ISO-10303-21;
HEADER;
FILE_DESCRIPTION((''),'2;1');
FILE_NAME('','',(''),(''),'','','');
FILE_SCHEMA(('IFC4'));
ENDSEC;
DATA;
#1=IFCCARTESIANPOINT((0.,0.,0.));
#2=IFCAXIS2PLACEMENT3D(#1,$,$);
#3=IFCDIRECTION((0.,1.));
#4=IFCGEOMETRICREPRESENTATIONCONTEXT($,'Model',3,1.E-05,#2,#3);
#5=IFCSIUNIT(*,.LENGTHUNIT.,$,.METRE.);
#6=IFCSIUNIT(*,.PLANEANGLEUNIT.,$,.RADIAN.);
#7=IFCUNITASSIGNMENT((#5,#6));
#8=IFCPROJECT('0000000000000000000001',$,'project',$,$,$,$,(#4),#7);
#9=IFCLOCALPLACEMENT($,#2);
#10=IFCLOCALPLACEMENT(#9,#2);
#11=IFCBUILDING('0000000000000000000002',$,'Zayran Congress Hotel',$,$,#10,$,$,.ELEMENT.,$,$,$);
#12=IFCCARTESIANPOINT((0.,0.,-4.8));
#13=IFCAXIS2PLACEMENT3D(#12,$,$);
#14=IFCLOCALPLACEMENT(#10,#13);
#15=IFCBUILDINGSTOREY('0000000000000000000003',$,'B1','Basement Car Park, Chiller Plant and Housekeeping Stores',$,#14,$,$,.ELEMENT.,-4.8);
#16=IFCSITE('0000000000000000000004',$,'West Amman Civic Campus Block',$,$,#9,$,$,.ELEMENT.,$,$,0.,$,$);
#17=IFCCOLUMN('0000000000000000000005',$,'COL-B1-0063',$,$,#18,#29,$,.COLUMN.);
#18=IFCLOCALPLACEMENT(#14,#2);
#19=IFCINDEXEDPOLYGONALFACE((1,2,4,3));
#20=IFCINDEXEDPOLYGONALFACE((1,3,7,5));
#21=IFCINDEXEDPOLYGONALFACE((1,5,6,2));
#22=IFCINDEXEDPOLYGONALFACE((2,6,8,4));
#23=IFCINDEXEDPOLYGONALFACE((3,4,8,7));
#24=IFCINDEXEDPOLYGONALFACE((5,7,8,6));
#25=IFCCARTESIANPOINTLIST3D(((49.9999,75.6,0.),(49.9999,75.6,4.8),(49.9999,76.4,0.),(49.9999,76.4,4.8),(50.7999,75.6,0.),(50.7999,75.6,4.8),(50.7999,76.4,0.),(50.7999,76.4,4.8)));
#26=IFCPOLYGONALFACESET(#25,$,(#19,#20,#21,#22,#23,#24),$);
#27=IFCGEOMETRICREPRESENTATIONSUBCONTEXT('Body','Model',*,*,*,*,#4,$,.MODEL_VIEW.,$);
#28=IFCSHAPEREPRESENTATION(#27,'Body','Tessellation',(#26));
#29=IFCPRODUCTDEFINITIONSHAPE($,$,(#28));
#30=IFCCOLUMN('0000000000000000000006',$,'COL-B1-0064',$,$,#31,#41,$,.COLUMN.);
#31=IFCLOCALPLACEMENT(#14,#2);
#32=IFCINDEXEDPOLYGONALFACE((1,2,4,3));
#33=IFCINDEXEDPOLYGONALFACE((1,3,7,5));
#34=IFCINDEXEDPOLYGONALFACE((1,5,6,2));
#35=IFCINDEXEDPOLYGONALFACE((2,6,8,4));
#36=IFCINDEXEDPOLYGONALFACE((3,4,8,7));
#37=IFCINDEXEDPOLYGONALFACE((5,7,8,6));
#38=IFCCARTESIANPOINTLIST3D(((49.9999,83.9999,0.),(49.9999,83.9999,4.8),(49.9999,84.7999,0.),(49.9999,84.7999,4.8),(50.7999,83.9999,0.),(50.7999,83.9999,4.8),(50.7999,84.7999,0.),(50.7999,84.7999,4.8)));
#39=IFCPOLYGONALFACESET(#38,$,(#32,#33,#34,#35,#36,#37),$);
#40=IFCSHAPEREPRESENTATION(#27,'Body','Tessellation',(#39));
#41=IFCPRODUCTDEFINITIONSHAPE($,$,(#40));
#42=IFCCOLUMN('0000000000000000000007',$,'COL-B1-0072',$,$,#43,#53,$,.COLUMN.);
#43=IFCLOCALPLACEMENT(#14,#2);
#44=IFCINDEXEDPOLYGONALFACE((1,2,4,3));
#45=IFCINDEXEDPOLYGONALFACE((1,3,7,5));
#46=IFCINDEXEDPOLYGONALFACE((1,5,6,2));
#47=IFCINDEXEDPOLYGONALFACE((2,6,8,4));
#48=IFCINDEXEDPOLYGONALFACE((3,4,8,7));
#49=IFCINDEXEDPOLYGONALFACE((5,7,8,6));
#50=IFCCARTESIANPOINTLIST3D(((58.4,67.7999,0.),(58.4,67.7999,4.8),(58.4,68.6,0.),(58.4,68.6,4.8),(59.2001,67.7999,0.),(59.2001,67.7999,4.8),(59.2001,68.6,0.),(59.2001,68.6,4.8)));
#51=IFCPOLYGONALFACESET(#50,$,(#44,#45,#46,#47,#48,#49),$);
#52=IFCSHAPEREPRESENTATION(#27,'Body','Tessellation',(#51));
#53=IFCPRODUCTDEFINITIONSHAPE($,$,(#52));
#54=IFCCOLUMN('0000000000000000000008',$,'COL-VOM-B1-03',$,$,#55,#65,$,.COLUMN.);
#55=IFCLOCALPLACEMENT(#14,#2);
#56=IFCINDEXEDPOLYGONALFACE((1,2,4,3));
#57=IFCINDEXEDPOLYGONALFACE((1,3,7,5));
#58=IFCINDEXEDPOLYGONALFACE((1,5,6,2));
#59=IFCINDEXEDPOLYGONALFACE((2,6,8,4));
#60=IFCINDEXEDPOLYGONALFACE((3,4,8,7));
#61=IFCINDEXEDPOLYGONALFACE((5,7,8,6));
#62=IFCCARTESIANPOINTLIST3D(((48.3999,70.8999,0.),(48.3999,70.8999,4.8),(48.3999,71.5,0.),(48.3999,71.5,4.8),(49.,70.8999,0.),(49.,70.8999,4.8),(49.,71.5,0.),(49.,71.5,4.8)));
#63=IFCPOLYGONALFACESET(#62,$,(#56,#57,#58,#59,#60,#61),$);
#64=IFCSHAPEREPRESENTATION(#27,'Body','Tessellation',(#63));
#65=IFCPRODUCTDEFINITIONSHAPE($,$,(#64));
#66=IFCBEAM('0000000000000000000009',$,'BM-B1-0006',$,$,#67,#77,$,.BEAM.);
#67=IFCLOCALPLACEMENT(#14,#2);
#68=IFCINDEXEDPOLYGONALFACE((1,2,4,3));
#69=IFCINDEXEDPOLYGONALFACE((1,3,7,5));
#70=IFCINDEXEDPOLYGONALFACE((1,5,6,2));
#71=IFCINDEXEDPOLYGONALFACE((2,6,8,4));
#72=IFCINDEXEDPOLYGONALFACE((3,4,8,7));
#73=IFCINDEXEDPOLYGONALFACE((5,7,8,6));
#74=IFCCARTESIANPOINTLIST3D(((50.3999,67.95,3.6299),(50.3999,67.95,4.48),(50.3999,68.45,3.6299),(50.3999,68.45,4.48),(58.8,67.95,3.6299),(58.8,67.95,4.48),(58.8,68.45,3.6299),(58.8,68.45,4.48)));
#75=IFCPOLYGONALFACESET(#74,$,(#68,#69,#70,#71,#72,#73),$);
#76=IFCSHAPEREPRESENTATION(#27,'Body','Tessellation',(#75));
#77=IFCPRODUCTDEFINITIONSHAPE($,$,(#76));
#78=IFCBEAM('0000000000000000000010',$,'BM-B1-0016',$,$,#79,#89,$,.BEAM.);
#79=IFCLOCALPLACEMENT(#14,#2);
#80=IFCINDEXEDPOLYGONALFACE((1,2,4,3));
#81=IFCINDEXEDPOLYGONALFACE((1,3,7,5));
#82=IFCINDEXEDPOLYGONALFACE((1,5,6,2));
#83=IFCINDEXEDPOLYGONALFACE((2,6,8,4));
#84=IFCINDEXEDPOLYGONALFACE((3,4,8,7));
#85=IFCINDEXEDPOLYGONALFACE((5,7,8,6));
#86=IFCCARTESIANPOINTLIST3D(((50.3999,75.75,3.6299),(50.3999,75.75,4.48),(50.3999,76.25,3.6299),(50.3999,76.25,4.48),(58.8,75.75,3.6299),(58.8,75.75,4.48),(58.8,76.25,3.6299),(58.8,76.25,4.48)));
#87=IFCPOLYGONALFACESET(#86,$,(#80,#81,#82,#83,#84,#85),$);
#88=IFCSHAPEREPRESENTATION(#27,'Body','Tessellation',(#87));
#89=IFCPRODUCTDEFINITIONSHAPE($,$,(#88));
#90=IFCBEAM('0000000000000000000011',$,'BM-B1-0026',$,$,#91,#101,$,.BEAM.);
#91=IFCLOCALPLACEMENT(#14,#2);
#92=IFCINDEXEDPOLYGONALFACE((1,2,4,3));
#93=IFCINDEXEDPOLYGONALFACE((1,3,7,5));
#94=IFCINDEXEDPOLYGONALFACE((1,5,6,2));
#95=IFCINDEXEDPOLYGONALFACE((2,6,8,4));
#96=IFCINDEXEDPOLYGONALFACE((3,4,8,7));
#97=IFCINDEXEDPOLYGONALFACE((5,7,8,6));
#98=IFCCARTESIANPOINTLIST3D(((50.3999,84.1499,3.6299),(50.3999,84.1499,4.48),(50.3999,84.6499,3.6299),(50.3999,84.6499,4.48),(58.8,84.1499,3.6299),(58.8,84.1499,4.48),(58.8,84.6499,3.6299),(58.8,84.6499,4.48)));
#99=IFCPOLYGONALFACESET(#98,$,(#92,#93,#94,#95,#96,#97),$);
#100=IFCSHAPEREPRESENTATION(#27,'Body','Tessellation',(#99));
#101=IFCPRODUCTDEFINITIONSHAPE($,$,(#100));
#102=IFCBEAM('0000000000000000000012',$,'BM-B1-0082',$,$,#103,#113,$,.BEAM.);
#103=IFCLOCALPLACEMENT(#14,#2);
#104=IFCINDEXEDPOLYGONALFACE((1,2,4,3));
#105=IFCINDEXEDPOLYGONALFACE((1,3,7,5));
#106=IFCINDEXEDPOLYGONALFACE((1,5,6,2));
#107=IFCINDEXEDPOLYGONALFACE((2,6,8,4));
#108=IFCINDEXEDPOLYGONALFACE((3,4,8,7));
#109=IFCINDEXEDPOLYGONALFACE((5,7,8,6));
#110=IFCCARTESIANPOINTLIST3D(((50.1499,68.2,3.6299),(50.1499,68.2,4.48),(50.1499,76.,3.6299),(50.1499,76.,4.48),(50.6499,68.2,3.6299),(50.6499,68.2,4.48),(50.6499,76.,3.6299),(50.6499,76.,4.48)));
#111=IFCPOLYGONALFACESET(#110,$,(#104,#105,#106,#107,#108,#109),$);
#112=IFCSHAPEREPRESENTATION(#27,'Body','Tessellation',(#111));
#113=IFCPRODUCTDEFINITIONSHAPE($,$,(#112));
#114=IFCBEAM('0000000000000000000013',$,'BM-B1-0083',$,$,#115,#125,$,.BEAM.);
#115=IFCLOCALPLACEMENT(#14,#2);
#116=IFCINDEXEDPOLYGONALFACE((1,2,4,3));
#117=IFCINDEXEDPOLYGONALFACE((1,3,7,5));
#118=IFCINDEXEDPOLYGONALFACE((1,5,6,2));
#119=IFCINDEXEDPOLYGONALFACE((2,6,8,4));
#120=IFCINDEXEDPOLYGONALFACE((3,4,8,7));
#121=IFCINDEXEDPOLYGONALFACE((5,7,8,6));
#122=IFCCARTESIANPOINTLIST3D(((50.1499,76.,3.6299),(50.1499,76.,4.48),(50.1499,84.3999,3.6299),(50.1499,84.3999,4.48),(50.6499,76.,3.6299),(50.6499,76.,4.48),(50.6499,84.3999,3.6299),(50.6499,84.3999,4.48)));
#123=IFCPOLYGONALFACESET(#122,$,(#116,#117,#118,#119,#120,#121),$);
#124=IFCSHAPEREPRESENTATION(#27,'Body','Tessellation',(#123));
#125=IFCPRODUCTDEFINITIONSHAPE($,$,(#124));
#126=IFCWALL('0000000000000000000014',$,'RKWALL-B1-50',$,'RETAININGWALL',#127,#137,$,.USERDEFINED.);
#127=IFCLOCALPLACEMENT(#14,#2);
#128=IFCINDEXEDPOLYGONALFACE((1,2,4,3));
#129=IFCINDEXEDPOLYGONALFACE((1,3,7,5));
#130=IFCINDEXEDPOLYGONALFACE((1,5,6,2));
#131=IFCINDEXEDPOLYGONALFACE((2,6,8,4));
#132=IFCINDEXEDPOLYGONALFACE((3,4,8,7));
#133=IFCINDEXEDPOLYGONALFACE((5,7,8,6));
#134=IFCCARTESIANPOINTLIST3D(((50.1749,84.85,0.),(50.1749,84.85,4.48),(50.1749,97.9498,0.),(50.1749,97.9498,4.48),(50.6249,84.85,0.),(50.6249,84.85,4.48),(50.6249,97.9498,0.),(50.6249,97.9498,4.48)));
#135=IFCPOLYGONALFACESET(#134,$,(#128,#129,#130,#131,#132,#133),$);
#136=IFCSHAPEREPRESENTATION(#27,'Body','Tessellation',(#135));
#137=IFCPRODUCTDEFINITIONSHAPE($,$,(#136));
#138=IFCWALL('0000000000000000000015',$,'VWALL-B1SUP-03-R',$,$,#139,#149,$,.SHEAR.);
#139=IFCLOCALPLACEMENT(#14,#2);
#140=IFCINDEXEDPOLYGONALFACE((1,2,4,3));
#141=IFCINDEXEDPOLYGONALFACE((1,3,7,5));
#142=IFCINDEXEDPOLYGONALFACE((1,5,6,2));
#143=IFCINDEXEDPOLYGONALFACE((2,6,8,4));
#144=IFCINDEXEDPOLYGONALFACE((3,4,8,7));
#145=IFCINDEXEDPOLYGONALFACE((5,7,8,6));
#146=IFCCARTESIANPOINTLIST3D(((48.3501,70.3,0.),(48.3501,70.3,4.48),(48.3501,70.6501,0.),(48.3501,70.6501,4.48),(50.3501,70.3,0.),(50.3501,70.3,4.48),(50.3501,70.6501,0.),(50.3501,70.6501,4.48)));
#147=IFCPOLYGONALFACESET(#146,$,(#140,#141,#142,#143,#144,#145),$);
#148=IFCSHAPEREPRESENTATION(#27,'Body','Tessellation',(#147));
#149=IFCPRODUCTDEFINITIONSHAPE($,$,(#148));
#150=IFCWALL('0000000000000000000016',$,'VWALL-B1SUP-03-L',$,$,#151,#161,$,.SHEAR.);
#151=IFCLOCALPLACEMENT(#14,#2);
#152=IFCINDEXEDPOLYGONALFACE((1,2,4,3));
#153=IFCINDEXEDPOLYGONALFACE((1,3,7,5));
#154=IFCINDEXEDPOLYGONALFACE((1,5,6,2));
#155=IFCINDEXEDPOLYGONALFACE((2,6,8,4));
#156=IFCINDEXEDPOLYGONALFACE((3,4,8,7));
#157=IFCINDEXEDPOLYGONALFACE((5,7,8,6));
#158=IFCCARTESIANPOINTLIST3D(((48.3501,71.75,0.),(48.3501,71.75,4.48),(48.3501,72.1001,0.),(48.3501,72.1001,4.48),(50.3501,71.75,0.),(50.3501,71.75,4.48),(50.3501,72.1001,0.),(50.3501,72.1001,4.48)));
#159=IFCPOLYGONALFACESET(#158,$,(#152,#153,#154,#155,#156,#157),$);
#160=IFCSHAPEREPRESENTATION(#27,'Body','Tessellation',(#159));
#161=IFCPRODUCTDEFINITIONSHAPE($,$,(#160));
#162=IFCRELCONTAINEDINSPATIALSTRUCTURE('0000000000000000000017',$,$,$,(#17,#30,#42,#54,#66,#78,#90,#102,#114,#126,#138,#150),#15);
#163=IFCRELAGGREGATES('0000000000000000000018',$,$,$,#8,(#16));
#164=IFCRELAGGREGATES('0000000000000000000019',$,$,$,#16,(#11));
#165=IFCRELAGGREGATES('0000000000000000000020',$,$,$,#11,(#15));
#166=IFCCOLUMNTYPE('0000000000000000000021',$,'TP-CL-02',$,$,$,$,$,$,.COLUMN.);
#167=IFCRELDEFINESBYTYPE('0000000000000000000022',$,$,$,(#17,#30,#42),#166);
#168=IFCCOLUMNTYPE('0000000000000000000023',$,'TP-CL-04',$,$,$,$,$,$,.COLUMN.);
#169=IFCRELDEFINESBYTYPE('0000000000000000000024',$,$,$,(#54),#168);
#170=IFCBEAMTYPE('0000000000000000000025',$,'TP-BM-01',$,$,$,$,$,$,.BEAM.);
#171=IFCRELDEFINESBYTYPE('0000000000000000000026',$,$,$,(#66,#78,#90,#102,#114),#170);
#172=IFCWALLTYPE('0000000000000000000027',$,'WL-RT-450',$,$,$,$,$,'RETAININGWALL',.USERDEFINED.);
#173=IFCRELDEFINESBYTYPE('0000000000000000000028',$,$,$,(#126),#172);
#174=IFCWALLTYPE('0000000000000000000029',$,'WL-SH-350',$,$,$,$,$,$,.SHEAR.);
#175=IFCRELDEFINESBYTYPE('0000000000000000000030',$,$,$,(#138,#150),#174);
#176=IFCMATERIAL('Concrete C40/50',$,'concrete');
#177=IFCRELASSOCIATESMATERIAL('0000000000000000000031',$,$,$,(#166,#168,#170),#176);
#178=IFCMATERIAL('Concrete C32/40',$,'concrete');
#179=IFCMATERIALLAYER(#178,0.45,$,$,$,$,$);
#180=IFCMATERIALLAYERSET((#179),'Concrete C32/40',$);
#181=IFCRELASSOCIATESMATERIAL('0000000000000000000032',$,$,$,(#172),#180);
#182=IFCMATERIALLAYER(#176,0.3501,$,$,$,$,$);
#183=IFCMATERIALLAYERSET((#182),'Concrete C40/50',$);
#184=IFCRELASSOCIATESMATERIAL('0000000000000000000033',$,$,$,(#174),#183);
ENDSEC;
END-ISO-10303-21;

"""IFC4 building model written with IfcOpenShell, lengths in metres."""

from ifc_helpers import new_model, si_unit, direction, frame, frame_2d, origin, origin_2d, place, context, subcontext, project, spatial, rectangle, extrude, material, layer, layer_set, material_profile, profile_set, type_object, element, save


model = new_model("IFC4")

# Units and contexts
model_context = context("Model", 3, precision=1e-05, world=origin(), true_north=direction((0.0, 1.0)))
body_context = subcontext(model_context, "Body", "Model", "MODEL_VIEW")
ifc_project = project(units=[si_unit("LENGTHUNIT", "METRE"), si_unit("PLANEANGLEUNIT", "RADIAN")], contexts=[model_context])

# Site, building, storey
site_placement = place(None, origin())
site = spatial("IfcSite", under=ifc_project, at=site_placement, Name="West Amman Civic Campus Block", CompositionType="ELEMENT", RefElevation=0.0)
building_placement = place(site_placement, origin())
building = spatial("IfcBuilding", under=site, at=building_placement, Name="Zayran Congress Hotel", CompositionType="ELEMENT")
storey_placement = place(building_placement, frame((0.0, 0.0, -4.8)))
storey = spatial("IfcBuildingStorey", under=building, at=storey_placement, Name="B1", Description="Basement Car Park, Chiller Plant and Housekeeping Stores", CompositionType="ELEMENT", Elevation=-4.8)

# Shared definitions
ifc_material_1 = material(Name="Concrete C40/50", Category="concrete")

# Columns
ifc_material_profile_1 = material_profile(ifc_material_1, rectangle(XDim=0.8, YDim=0.8, at=origin_2d()), Name="RC 800x800")
ifc_profile_set_1 = profile_set([ifc_material_profile_1], Name="Concrete C40/50")
column_type_1 = type_object("IfcColumnType", Name="TP-CL-02", PredefinedType="COLUMN", material=ifc_profile_set_1)
for number, where, z_axis, x_axis, name in (
    (1, (50.3999, 76.0, 0.0), (0.0, 0.0, 1.0), (1.0, 0.0, 0.0), "COL-B1-0063"),
    (2, (50.3999, 84.3999, 0.0), (0.0, 0.0, 1.0), (1.0, 0.0, 0.0), "COL-B1-0064"),
    (3, (58.8, 68.2, 0.0), (0.0, 0.0, 1.0), (1.0, 0.0, 0.0), "COL-B1-0072"),
):
    element("IfcColumn", number, at=place(storey_placement, frame(where, z_axis=z_axis, x_axis=x_axis)), inside=storey, type_object=column_type_1, Name=name, PredefinedType="COLUMN", context=body_context, shape_type="SweptSolid", body=[
        extrude(rectangle(XDim=0.8, YDim=0.8, at=origin_2d()), origin(), (0.0, 0.0, 1.0), 4.8),
    ])
ifc_material_profile_2 = material_profile(ifc_material_1, rectangle(XDim=0.6001, YDim=0.6001, at=origin_2d()), Name="RC 600x600")
ifc_profile_set_2 = profile_set([ifc_material_profile_2], Name="Concrete C40/50")
column_type_2 = type_object("IfcColumnType", Name="TP-CL-04", PredefinedType="COLUMN", material=ifc_profile_set_2)
column_placement = place(storey_placement, frame((48.7, 71.2, 0.0), z_axis=(0.0, 0.0, 1.0), x_axis=(1.0, 0.0, 0.0)))
element("IfcColumn", 4, at=column_placement, inside=storey, type_object=column_type_2, Name="COL-VOM-B1-03", PredefinedType="COLUMN", context=body_context, shape_type="SweptSolid", body=[
    extrude(rectangle(XDim=0.6001, YDim=0.6001, at=origin_2d()), origin(), (0.0, 0.0, 1.0), 4.8),
])

# Beams
ifc_material_profile_3 = material_profile(ifc_material_1, rectangle(XDim=0.5, YDim=0.8501, at=origin_2d()), Name="RC 500x850")
ifc_profile_set_3 = profile_set([ifc_material_profile_3], Name="Concrete C40/50")
beam_type = type_object("IfcBeamType", Name="TP-BM-01", PredefinedType="BEAM", material=ifc_profile_set_3)
for number, where, z_axis, x_axis, name in (
    (5, (50.3999, 68.2, 4.0549), (1.0, 0.0, 0.0), (0.0, 1.0, 0.0), "BM-B1-0006"),
    (6, (50.3999, 76.0, 4.0549), (1.0, 0.0, 0.0), (0.0, 1.0, 0.0), "BM-B1-0016"),
    (7, (50.3999, 84.3999, 4.0549), (1.0, 0.0, 0.0), (0.0, 1.0, 0.0), "BM-B1-0026"),
):
    element("IfcBeam", number, at=place(storey_placement, frame(where, z_axis=z_axis, x_axis=x_axis)), inside=storey, type_object=beam_type, Name=name, PredefinedType="BEAM", context=body_context, shape_type="SweptSolid", body=[
        extrude(rectangle(XDim=0.5, YDim=0.8501, at=origin_2d()), origin(), (0.0, 0.0, 1.0), 8.4001),
    ])
beam_1_placement = place(storey_placement, frame((50.3999, 68.2, 4.0549), z_axis=(0.0, 1.0, 0.0), x_axis=(-1.0, 0.0, 0.0)))
element("IfcBeam", 8, at=beam_1_placement, inside=storey, type_object=beam_type, Name="BM-B1-0082", PredefinedType="BEAM", context=body_context, shape_type="SweptSolid", body=[
    extrude(rectangle(XDim=0.5, YDim=0.8501, at=origin_2d()), origin(), (0.0, 0.0, 1.0), 7.8),
])
beam_2_placement = place(storey_placement, frame((50.3999, 76.0, 4.0549), z_axis=(0.0, 1.0, 0.0), x_axis=(-1.0, 0.0, 0.0)))
element("IfcBeam", 9, at=beam_2_placement, inside=storey, type_object=beam_type, Name="BM-B1-0083", PredefinedType="BEAM", context=body_context, shape_type="SweptSolid", body=[
    extrude(rectangle(XDim=0.5, YDim=0.8501, at=origin_2d()), origin(), (0.0, 0.0, 1.0), 8.3999),
])

# Walls
ifc_material_2 = material(Name="Concrete C32/40", Category="concrete")
ifc_layer_1 = layer(ifc_material_2, 0.45)
ifc_layer_set_1 = layer_set([ifc_layer_1], Name="Concrete C32/40")
wall_type_1 = type_object("IfcWallType", Name="WL-RT-450", ElementType="RETAININGWALL", PredefinedType="USERDEFINED", material=ifc_layer_set_1)
wall_placement = place(storey_placement, frame((50.3999, 84.8501, 0.0), z_axis=(0.0, 0.0, 1.0), x_axis=(0.0, 1.0, 0.0)))
element("IfcWall", 10, at=wall_placement, inside=storey, type_object=wall_type_1, Name="RKWALL-B1-50", ObjectType="RETAININGWALL", PredefinedType="USERDEFINED", context=body_context, shape_type="SweptSolid", body=[
    extrude(rectangle(XDim=13.0999, YDim=0.45, at=frame_2d((6.5498, 0.0))), origin(), (0.0, 0.0, 1.0), 4.48),
])
ifc_layer_2 = layer(ifc_material_1, 0.3501)
ifc_layer_set_2 = layer_set([ifc_layer_2], Name="Concrete C40/50")
wall_type_2 = type_object("IfcWallType", Name="WL-SH-350", PredefinedType="SHEAR", material=ifc_layer_set_2)
for number, where, z_axis, x_axis, name in (
    (11, (48.3501, 70.4751, 0.0), (0.0, 0.0, 1.0), (1.0, 0.0, 0.0), "VWALL-B1SUP-03-R"),
    (12, (48.3501, 71.925, 0.0), (0.0, 0.0, 1.0), (1.0, 0.0, 0.0), "VWALL-B1SUP-03-L"),
):
    element("IfcWall", number, at=place(storey_placement, frame(where, z_axis=z_axis, x_axis=x_axis)), inside=storey, type_object=wall_type_2, Name=name, PredefinedType="SHEAR", context=body_context, shape_type="SweptSolid", body=[
        extrude(rectangle(XDim=2.0, YDim=0.3501, at=frame_2d((1.0, 0.0))), origin(), (0.0, 0.0, 1.0), 4.48),
    ])

save(model, "model.ifc")
